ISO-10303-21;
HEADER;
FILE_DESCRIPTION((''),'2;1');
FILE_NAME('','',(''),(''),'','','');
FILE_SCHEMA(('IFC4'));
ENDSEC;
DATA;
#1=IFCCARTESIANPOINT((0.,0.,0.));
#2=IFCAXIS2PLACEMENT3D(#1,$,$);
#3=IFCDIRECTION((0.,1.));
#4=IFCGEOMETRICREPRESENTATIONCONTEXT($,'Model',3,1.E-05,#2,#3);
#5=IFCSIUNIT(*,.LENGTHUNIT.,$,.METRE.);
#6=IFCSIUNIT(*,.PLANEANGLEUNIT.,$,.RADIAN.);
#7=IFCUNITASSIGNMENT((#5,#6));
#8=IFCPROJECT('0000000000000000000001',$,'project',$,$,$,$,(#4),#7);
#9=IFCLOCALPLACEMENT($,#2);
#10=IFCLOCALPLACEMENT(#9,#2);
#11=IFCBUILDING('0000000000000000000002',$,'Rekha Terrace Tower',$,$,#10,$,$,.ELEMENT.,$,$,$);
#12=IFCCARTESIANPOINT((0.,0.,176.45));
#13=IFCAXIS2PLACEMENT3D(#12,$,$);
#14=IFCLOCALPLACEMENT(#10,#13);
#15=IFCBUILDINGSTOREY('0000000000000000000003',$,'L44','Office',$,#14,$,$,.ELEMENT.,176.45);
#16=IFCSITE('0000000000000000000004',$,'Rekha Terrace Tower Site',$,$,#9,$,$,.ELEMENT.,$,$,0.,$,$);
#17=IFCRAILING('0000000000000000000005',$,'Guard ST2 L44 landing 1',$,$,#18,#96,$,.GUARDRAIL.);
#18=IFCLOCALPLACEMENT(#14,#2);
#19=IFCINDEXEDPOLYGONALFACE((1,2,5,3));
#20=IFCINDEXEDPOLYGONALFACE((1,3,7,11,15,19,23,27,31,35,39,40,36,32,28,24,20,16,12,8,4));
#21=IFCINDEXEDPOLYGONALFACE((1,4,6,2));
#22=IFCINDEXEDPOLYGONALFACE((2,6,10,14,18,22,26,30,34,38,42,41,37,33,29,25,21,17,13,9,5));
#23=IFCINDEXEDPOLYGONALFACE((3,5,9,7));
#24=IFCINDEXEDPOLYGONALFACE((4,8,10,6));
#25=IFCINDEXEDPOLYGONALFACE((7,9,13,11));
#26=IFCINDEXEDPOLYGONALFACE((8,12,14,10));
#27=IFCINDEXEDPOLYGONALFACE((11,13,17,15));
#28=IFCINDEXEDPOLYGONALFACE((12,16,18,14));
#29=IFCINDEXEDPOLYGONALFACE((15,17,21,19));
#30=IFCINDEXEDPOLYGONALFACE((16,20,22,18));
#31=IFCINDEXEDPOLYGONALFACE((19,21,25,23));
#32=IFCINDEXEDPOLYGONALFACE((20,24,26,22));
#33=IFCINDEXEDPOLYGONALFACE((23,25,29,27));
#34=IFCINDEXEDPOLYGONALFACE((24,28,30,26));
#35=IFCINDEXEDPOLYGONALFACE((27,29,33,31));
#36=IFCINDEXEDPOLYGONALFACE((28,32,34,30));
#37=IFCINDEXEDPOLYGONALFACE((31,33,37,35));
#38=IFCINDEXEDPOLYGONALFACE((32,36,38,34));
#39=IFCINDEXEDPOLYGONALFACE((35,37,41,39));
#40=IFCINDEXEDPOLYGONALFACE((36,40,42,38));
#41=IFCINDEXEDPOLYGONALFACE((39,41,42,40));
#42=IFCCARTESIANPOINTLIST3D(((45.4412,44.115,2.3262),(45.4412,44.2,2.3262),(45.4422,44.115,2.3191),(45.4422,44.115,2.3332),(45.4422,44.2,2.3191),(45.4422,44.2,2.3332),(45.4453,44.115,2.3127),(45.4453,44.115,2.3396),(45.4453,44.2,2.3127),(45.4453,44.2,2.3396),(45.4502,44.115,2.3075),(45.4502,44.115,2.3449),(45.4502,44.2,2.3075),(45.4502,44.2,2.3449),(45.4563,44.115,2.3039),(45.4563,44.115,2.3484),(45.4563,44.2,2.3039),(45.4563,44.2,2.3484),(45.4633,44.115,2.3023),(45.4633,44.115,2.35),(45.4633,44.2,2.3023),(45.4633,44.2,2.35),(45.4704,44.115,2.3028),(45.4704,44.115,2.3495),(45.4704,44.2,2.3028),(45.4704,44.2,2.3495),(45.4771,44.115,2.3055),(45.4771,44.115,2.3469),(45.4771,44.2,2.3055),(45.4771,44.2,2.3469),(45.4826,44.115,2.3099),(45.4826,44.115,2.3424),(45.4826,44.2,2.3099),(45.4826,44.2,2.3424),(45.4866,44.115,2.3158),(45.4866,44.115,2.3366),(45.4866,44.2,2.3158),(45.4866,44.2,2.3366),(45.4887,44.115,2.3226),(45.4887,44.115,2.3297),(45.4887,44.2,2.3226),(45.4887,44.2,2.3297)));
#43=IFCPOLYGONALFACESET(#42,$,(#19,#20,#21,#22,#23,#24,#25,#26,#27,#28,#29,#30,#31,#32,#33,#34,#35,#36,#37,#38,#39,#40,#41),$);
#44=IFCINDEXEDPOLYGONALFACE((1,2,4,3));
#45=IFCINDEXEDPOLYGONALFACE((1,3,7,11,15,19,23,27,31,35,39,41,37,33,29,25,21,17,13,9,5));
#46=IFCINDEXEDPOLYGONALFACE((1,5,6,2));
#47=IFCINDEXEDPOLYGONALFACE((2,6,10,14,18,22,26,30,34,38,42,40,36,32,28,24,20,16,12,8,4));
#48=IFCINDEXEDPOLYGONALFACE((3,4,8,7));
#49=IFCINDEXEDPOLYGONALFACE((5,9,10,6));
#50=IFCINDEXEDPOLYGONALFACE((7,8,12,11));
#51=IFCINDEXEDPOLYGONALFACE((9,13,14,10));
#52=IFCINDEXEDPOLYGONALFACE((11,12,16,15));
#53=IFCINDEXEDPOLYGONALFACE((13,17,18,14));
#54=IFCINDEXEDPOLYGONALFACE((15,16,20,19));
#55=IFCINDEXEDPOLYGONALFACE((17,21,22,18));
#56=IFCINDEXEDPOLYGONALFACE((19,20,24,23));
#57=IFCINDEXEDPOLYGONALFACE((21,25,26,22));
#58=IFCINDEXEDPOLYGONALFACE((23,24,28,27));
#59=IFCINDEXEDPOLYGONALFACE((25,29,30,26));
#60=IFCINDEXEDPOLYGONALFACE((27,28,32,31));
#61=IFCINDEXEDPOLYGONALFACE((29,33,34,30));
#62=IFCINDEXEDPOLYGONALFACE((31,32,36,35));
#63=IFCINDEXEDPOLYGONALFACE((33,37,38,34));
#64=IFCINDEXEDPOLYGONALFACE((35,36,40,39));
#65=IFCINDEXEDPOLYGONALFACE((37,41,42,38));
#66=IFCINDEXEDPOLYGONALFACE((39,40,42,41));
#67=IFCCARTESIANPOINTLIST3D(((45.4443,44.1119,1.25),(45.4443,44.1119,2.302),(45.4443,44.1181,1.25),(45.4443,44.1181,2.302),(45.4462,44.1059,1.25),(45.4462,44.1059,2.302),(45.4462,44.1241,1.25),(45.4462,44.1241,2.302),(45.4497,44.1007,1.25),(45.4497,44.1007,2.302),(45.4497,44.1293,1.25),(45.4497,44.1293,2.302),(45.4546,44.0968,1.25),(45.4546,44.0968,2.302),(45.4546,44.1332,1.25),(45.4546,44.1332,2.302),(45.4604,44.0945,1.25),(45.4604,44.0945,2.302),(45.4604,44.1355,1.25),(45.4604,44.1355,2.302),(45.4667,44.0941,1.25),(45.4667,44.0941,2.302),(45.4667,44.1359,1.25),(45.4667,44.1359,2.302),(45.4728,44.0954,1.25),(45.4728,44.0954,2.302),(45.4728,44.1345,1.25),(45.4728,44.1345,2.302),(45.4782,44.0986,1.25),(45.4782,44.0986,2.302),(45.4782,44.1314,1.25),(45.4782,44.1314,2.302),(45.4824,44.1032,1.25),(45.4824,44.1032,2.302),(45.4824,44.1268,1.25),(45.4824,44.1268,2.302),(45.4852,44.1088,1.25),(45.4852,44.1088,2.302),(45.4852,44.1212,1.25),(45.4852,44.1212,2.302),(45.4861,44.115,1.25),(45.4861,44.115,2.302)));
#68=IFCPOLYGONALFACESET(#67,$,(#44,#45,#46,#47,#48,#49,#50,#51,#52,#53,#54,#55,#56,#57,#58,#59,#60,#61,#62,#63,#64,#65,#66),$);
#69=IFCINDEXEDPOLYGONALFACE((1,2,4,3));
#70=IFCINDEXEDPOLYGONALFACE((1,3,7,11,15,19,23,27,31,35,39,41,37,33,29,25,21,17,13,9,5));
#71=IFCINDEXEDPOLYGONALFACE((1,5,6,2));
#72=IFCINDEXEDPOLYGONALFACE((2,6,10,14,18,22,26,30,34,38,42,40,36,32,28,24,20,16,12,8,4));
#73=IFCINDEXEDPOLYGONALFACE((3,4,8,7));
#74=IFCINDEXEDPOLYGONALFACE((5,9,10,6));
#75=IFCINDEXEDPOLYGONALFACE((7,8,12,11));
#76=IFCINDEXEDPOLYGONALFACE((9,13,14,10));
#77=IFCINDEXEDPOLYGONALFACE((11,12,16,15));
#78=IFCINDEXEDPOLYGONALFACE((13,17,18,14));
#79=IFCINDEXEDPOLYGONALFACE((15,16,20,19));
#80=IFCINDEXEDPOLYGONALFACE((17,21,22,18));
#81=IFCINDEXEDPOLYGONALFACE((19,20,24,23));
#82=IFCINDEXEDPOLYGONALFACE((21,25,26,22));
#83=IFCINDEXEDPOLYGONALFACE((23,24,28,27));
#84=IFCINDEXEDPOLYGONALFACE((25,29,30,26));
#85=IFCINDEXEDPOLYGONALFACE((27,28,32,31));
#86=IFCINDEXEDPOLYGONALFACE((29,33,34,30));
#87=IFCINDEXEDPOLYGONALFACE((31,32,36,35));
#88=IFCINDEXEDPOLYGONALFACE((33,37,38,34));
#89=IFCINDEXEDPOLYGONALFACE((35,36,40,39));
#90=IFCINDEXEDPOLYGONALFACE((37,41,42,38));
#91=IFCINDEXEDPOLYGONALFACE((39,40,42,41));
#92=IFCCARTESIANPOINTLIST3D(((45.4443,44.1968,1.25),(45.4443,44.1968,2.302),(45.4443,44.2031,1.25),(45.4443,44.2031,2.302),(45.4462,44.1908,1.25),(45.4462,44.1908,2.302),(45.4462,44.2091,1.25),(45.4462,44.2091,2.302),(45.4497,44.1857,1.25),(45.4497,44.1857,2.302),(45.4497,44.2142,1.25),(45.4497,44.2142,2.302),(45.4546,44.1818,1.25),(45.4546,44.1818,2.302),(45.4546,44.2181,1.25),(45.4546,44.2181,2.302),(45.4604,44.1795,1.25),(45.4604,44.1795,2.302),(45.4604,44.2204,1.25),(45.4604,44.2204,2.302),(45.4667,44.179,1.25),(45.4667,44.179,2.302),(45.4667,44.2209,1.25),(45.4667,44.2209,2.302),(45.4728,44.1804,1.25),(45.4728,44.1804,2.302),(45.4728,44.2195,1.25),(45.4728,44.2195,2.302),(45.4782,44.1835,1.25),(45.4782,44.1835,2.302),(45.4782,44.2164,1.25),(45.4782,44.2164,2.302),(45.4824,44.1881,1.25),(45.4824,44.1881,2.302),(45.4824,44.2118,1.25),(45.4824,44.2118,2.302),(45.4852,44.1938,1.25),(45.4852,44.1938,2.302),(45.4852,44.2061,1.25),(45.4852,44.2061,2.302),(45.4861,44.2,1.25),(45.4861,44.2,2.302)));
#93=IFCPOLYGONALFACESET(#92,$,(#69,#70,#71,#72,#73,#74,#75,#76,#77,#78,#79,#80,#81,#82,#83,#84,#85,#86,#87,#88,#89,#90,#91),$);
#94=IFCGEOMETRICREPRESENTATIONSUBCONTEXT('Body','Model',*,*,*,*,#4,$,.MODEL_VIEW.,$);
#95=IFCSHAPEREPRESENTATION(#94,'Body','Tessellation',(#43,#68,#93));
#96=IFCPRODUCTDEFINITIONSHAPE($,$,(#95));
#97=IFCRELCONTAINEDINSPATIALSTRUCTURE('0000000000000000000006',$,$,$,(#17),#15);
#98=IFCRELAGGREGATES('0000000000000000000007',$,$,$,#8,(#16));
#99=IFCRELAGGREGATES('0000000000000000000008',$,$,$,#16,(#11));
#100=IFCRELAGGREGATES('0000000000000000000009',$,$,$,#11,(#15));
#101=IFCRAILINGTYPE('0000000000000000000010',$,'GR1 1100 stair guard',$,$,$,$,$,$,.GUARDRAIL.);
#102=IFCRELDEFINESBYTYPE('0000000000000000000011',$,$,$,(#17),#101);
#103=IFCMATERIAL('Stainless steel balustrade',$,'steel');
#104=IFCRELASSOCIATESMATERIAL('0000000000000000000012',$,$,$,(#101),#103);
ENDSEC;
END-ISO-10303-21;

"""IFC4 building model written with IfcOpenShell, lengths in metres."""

from ifc_helpers import new_model, si_unit, direction, frame, origin, origin_2d, place, context, subcontext, project, spatial, circle, extrude, material, type_object, element, save


model = new_model("IFC4")

# Units and contexts
model_context = context("Model", 3, precision=1e-05, world=origin(), true_north=direction((0.0, 1.0)))
body_context = subcontext(model_context, "Body", "Model", "MODEL_VIEW")
ifc_project = project(units=[si_unit("LENGTHUNIT", "METRE"), si_unit("PLANEANGLEUNIT", "RADIAN")], contexts=[model_context])

# Site, building, storey
site_placement = place(None, origin())
site = spatial("IfcSite", under=ifc_project, at=site_placement, Name="Rekha Terrace Tower Site", CompositionType="ELEMENT", RefElevation=0.0)
building_placement = place(site_placement, origin())
building = spatial("IfcBuilding", under=site, at=building_placement, Name="Rekha Terrace Tower", CompositionType="ELEMENT")
storey_placement = place(building_placement, frame((0.0, 0.0, 176.45)))
storey = spatial("IfcBuildingStorey", under=building, at=storey_placement, Name="L44", Description="Office", CompositionType="ELEMENT", Elevation=176.45)

# Railing
ifc_material_1 = material(Name="Stainless steel balustrade", Category="steel")
railing_type_1 = type_object("IfcRailingType", Name="GR1 1100 stair guard", PredefinedType="GUARDRAIL", material=ifc_material_1)
railing_1_placement = place(storey_placement, frame((45.4651, 44.115, 1.25)))
element("IfcRailing", 1, at=railing_1_placement, inside=storey, type_object=railing_type_1, Name="Guard ST2 L44 landing 1", PredefinedType="GUARDRAIL", context=body_context, shape_type="SweptSolid", body=[
    extrude(circle(Radius=0.0239, at=origin_2d()), frame((0.0, 0.0, 1.0762), z_axis=(0.0, 1.0, 0.0), x_axis=(-1.0, 0.0, 0.0)), (0.0, 0.0, 1.0), 0.085),
    extrude(circle(Radius=0.021, at=origin_2d()), origin(), (0.0, 0.0, 1.0), 1.052),
    extrude(circle(Radius=0.021, at=origin_2d()), frame((0.0, 0.085, 0.0)), (0.0, 0.0, 1.0), 1.052),
])

save(model, "model.ifc")
